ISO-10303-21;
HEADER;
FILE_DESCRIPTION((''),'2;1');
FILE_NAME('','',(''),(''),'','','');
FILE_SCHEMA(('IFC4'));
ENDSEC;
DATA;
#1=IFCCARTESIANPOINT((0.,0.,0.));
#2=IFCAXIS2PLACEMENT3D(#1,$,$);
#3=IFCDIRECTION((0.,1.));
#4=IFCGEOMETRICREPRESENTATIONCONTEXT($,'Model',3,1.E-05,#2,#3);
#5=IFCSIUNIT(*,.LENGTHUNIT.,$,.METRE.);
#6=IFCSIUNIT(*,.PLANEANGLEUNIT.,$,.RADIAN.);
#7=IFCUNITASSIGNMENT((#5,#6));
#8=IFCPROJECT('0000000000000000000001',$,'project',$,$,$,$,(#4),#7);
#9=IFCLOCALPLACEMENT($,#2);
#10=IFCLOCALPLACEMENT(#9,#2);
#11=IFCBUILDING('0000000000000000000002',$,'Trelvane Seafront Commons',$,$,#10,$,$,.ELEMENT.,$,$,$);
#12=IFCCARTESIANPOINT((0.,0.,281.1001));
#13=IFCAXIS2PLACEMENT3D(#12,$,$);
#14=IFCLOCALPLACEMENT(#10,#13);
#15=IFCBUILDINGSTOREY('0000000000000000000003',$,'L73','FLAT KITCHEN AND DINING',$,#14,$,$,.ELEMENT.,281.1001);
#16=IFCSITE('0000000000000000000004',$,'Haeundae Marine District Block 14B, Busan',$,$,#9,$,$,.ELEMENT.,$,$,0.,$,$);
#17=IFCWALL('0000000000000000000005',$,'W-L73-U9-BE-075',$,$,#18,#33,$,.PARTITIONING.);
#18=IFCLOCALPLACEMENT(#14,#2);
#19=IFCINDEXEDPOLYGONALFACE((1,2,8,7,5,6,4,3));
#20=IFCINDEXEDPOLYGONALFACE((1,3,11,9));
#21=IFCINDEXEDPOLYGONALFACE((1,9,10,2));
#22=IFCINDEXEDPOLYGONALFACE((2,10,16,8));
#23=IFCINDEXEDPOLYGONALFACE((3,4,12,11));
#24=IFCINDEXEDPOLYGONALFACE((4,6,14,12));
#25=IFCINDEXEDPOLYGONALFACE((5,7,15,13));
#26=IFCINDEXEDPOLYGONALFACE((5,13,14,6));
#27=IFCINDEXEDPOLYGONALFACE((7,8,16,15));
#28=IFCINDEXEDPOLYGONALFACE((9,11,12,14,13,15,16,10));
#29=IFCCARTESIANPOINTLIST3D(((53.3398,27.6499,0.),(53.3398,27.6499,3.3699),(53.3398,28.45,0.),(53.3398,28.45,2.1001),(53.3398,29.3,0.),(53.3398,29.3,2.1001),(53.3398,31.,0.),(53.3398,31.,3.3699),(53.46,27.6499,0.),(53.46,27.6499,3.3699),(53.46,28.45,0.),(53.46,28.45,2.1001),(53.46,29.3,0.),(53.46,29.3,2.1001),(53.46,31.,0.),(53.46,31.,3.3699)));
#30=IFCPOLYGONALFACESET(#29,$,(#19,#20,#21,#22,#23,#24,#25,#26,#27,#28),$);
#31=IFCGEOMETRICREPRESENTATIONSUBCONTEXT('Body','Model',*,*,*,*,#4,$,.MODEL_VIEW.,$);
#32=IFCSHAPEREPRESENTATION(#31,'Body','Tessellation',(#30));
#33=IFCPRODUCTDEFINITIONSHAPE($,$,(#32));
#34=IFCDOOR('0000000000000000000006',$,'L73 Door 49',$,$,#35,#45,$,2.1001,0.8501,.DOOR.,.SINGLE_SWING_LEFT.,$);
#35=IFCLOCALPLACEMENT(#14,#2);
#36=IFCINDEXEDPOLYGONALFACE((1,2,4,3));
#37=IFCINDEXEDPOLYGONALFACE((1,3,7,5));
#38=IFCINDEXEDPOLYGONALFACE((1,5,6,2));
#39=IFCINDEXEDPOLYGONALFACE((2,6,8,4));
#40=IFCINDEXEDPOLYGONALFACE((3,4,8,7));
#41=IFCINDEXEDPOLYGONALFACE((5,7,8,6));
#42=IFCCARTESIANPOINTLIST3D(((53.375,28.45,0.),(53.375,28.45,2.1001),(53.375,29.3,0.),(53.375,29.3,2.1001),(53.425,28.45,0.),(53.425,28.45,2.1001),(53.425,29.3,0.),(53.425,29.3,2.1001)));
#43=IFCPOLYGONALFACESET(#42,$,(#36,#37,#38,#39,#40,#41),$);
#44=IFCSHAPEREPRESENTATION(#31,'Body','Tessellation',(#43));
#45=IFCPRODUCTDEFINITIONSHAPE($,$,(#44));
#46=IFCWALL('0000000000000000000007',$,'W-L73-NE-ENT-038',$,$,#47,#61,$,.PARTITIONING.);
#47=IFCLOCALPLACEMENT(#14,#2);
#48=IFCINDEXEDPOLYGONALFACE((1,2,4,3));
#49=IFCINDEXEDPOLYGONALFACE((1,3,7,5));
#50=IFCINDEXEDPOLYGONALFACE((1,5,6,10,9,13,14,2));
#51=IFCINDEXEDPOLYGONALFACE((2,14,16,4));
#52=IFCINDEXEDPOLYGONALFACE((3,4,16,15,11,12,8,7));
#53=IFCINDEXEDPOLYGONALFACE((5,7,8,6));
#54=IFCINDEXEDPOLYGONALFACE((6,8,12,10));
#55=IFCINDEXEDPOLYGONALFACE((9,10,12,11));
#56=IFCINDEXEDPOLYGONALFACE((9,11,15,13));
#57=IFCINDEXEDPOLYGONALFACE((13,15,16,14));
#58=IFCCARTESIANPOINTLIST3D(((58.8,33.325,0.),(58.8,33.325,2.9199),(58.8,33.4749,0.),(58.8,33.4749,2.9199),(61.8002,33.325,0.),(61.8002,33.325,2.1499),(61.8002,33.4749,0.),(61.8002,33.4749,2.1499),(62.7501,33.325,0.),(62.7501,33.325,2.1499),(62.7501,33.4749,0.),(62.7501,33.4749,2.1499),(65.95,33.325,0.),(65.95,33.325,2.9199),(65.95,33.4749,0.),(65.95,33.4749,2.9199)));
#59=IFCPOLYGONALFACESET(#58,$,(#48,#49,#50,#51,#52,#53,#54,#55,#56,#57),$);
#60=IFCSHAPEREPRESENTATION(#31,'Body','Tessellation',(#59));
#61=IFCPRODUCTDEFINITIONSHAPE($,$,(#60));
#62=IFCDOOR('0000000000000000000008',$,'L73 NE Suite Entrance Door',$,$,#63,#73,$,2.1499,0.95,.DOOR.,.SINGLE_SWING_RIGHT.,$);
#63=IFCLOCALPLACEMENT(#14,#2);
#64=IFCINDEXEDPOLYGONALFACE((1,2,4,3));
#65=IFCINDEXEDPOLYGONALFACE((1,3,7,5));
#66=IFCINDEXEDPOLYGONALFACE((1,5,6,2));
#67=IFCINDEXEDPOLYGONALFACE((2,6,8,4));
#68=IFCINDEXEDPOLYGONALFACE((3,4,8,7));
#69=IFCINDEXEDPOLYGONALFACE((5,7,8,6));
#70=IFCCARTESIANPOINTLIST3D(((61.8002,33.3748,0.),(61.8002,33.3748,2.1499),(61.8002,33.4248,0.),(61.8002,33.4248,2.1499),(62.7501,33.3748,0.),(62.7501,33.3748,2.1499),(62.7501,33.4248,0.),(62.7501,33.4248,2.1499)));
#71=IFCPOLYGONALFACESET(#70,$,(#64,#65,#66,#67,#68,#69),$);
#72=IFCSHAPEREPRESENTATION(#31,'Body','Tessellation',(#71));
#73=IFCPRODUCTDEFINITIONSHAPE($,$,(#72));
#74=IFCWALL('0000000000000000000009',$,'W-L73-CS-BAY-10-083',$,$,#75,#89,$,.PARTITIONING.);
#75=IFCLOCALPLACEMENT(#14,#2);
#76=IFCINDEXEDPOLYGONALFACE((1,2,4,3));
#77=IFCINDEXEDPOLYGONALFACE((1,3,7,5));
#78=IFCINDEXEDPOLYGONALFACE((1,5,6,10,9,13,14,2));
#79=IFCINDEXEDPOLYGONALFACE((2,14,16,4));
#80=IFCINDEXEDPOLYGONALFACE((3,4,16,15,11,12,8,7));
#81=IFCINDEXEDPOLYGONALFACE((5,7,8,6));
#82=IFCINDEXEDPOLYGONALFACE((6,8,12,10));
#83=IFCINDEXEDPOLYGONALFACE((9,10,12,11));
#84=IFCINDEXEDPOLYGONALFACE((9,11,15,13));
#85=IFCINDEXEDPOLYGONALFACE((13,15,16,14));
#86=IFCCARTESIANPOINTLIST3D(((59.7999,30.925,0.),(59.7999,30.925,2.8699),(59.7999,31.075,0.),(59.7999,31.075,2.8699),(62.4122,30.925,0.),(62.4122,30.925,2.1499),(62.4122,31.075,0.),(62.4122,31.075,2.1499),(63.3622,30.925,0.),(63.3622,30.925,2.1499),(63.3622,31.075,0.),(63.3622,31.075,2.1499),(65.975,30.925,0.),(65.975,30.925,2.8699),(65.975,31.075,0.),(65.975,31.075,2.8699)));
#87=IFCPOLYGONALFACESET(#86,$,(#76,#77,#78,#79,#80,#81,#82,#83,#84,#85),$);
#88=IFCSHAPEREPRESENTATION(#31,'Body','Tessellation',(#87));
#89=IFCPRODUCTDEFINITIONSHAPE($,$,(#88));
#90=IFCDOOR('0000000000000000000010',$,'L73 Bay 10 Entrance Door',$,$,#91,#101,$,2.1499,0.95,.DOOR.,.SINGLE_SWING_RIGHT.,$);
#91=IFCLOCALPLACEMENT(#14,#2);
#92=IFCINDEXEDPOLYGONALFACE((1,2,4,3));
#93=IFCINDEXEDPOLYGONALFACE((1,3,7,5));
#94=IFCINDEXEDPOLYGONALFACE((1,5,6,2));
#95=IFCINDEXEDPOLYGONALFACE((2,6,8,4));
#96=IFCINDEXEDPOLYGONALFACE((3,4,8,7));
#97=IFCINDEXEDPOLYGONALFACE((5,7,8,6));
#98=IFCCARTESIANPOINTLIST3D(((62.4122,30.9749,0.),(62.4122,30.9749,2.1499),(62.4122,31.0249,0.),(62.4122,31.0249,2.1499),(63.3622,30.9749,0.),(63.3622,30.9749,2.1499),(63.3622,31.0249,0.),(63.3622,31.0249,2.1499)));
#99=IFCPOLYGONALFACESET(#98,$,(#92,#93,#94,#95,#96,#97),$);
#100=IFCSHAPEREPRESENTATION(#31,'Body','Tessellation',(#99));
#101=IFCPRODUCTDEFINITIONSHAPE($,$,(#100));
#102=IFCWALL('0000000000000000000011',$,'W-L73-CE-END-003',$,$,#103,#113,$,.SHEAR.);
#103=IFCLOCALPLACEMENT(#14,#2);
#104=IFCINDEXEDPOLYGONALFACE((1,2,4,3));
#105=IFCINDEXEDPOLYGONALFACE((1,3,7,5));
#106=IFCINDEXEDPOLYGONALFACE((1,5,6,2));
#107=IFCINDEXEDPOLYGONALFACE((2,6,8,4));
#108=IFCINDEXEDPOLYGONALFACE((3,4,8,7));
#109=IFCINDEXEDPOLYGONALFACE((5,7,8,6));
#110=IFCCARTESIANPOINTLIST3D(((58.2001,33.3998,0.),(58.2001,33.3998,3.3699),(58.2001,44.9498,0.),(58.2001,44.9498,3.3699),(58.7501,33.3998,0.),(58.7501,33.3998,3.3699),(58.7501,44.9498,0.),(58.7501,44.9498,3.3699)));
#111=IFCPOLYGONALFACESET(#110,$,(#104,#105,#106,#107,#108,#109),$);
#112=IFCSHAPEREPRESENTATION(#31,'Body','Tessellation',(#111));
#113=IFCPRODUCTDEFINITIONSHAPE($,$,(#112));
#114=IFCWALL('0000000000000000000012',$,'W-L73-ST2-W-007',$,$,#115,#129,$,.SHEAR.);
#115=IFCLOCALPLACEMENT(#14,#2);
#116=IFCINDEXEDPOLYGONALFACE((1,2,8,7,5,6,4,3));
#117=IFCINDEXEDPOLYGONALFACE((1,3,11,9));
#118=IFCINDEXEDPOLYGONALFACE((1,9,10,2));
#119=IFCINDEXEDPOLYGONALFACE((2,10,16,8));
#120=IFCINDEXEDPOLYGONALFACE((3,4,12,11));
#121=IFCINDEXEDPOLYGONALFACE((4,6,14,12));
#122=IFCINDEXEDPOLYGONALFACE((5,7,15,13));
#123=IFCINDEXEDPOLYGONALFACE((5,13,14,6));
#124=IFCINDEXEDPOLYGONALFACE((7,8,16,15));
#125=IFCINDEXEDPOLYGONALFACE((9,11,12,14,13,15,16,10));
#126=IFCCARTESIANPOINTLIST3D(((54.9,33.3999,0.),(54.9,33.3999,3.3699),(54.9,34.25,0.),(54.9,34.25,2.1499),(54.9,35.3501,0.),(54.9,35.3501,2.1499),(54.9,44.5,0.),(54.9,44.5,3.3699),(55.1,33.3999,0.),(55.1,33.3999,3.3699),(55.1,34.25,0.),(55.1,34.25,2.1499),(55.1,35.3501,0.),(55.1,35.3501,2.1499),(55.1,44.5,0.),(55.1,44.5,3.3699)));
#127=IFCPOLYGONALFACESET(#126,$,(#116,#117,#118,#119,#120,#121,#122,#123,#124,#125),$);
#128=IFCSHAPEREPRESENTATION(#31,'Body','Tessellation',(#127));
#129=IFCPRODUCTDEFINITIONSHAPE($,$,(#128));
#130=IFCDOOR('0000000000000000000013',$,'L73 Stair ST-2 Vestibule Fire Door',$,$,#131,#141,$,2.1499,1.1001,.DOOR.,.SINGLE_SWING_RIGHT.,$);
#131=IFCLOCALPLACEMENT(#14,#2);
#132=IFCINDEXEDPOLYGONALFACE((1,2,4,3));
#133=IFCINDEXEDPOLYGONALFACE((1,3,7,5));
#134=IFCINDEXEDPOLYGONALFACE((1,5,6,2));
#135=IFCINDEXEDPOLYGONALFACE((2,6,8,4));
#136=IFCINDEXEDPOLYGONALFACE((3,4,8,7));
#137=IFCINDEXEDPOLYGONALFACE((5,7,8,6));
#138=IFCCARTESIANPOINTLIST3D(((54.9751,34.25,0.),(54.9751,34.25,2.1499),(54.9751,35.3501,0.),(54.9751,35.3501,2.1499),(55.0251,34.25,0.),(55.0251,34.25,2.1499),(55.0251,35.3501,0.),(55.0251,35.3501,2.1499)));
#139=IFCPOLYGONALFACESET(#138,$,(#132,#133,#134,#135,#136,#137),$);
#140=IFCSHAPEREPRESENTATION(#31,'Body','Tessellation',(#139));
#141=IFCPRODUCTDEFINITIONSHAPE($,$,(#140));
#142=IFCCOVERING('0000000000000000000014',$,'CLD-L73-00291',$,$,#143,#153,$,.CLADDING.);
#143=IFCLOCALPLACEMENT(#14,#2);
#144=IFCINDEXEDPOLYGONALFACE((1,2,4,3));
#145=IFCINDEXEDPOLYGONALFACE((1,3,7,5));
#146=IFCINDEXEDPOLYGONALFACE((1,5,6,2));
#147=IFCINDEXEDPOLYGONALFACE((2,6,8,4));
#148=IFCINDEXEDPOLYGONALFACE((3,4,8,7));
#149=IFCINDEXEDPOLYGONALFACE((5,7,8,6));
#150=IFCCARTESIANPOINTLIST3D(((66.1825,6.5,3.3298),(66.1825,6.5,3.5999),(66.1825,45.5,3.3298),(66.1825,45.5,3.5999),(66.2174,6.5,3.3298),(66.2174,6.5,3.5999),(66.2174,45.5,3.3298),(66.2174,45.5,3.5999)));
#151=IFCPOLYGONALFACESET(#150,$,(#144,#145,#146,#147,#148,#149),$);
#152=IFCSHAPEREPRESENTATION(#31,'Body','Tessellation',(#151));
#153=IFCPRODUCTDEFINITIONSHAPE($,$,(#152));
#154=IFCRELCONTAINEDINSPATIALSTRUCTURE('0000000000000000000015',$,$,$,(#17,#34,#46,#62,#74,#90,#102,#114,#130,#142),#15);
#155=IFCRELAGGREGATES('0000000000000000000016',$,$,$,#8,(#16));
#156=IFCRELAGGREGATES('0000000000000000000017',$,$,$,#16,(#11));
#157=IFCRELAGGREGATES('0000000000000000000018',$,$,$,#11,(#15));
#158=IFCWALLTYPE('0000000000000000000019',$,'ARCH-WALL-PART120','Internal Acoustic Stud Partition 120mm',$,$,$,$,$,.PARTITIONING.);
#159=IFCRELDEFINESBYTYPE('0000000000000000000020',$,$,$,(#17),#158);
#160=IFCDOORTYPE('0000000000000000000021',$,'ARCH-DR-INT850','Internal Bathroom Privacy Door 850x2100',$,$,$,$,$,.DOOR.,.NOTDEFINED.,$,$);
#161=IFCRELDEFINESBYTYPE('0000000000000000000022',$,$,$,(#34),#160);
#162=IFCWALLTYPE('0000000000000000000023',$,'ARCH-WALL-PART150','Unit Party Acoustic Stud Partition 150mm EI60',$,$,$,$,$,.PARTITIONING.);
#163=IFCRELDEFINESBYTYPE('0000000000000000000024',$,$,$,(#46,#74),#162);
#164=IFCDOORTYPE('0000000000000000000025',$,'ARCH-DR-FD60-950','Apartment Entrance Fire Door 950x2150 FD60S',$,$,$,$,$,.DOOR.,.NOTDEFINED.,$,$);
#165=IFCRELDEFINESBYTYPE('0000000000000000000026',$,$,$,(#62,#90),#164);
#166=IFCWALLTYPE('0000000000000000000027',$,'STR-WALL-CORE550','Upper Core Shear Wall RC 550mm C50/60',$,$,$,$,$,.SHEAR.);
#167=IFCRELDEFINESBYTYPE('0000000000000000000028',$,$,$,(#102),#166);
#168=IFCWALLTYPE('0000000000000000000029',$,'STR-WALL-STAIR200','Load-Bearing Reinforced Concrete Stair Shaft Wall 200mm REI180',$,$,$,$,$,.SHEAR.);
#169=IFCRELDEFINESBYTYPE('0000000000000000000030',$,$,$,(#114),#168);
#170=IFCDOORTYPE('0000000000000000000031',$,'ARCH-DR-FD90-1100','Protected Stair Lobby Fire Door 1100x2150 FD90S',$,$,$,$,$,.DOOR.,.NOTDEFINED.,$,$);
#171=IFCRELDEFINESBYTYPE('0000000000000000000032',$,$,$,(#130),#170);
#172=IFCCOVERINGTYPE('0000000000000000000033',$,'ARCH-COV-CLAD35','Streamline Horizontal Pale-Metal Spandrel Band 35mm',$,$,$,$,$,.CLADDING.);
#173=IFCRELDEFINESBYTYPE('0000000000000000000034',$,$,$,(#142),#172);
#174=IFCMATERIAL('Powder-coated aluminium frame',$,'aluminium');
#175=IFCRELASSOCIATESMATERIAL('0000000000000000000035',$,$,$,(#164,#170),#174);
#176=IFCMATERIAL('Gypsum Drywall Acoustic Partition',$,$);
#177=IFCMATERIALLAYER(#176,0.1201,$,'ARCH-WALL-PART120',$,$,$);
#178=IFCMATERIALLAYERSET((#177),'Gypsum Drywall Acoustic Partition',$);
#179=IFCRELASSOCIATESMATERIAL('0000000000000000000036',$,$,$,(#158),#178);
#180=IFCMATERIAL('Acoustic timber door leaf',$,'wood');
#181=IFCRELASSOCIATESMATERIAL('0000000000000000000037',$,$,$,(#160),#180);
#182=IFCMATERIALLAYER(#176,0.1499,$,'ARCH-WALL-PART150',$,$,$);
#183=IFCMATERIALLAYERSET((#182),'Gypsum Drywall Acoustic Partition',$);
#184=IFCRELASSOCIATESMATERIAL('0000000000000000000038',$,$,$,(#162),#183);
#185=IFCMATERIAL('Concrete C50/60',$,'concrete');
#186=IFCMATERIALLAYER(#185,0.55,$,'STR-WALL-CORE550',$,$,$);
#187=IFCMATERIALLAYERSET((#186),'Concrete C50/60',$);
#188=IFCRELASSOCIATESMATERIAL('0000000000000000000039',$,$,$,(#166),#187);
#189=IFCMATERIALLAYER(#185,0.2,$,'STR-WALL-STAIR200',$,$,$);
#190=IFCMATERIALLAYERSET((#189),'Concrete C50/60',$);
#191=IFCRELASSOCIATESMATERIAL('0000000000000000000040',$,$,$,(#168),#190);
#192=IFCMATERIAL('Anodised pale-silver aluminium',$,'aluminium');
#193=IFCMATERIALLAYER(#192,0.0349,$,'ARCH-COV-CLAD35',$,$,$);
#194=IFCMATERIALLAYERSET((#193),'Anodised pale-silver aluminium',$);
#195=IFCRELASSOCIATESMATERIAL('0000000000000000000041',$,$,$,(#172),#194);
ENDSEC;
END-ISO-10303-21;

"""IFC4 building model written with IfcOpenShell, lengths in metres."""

from ifc_helpers import new_model, si_unit, direction, frame, frame_2d, origin, origin_2d, place, context, subcontext, project, spatial, rectangle, extrude, source, transform, mapped, material, layer, layer_set, type_object, element, fill, save


model = new_model("IFC4")

# Units and contexts
model_context = context("Model", 3, precision=1e-05, world=origin(), true_north=direction((0.0, 1.0)))
body_context = subcontext(model_context, "Body", "Model", "MODEL_VIEW")
ifc_project = project(units=[si_unit("LENGTHUNIT", "METRE"), si_unit("PLANEANGLEUNIT", "RADIAN")], contexts=[model_context])

# Site, building, storey
site_placement = place(None, origin())
site = spatial("IfcSite", under=ifc_project, at=site_placement, Name="Haeundae Marine District Block 14B, Busan", CompositionType="ELEMENT", RefElevation=0.0)
building_placement = place(site_placement, origin())
building = spatial("IfcBuilding", under=site, at=building_placement, Name="Trelvane Seafront Commons", CompositionType="ELEMENT")
storey_placement = place(building_placement, frame((0.0, 0.0, 281.1001)))
storey = spatial("IfcBuildingStorey", under=building, at=storey_placement, Name="L73", Description="FLAT KITCHEN AND DINING", CompositionType="ELEMENT", Elevation=281.1001)

# Shared definitions
ifc_material_1 = material(Name="Concrete C50/60", Category="concrete")

# Walls, openings, doors
ifc_material_2 = material(Name="Powder-coated aluminium frame", Category="aluminium")
door_type_1 = type_object("IfcDoorType", Name="ARCH-DR-FD60-950", Description="Apartment Entrance Fire Door 950x2150 FD60S", OperationType="NOTDEFINED", PredefinedType="DOOR", material=ifc_material_2)
shared_shape_1 = source(origin(), body_context, "Body", "SweptSolid", [
    extrude(rectangle(XDim=0.95, YDim=2.1499, at=frame_2d((0.4751, 1.075))), frame((0.0, 0.0249, 0.0), z_axis=(0.0, -1.0, 0.0), x_axis=(1.0, 0.0, 0.0)), (0.0, 0.0, 1.0), 0.05),
])
ifc_material_3 = material(Name="Gypsum Drywall Acoustic Partition")
ifc_layer_1 = layer(ifc_material_3, 0.1201, Name="ARCH-WALL-PART120")
ifc_layer_set_1 = layer_set([ifc_layer_1], Name="Gypsum Drywall Acoustic Partition")
wall_type_1 = type_object("IfcWallType", Name="ARCH-WALL-PART120", Description="Internal Acoustic Stud Partition 120mm", PredefinedType="PARTITIONING", material=ifc_layer_set_1)
wall_1_placement = place(storey_placement, frame((53.3999, 27.6499, 0.0), z_axis=(0.0, 0.0, 1.0), x_axis=(0.0, 1.0, 0.0)))
wall_1 = element("IfcWall", 1, at=wall_1_placement, inside=storey, type_object=wall_type_1, Name="W-L73-U9-BE-075", PredefinedType="PARTITIONING", context=body_context, shape_type="SweptSolid", body=[
    extrude(rectangle(XDim=3.3501, YDim=0.1201, at=frame_2d((1.675, 0.0))), origin(), (0.0, 0.0, 1.0), 3.3699),
])
opening_1_placement = place(wall_1_placement, frame((0.8, 0.0, 0.0)))
opening_1 = element("IfcOpeningElement", 2, at=opening_1_placement, cuts=wall_1, PredefinedType="OPENING", context=body_context, shape_type="SweptSolid", body=[
    extrude(rectangle(XDim=0.8501, YDim=2.1001, at=frame_2d((0.425, 1.05))), frame((0.0, 0.0701, 0.0), z_axis=(0.0, -1.0, 0.0), x_axis=(1.0, 0.0, 0.0)), (0.0, 0.0, 1.0), 0.1401),
])
ifc_material_4 = material(Name="Acoustic timber door leaf", Category="wood")
door_type_2 = type_object("IfcDoorType", Name="ARCH-DR-INT850", Description="Internal Bathroom Privacy Door 850x2100", OperationType="NOTDEFINED", PredefinedType="DOOR", material=ifc_material_4)
shared_shape_2 = source(origin(), body_context, "Body", "SweptSolid", [
    extrude(rectangle(XDim=0.8501, YDim=2.1001, at=frame_2d((0.425, 1.05))), frame((0.0, 0.0249, 0.0), z_axis=(0.0, -1.0, 0.0), x_axis=(1.0, 0.0, 0.0)), (0.0, 0.0, 1.0), 0.05),
])
door_1_placement = place(opening_1_placement, origin())
door_1 = element("IfcDoor", 3, at=door_1_placement, inside=storey, type_object=door_type_2, Name="L73 Door 49", OperationType="SINGLE_SWING_LEFT", OverallHeight=2.1001, OverallWidth=0.8501, PredefinedType="DOOR", context=body_context, shape_type="MappedRepresentation", body=[
    mapped(shared_shape_2, transform((0.0, 0.0, 0.0), x_axis=(1.0, 0.0, 0.0), y_axis=(0.0, 1.0, 0.0), z_axis=(0.0, 0.0, 1.0), scale=1.0)),
])
fill(opening_1, door_1)
ifc_layer_2 = layer(ifc_material_3, 0.1499, Name="ARCH-WALL-PART150")
ifc_layer_set_2 = layer_set([ifc_layer_2], Name="Gypsum Drywall Acoustic Partition")
wall_type_2 = type_object("IfcWallType", Name="ARCH-WALL-PART150", Description="Unit Party Acoustic Stud Partition 150mm EI60", PredefinedType="PARTITIONING", material=ifc_layer_set_2)
wall_2_placement = place(storey_placement, frame((58.8, 33.3999, 0.0), z_axis=(0.0, 0.0, 1.0), x_axis=(1.0, 0.0, 0.0)))
wall_2 = element("IfcWall", 4, at=wall_2_placement, inside=storey, type_object=wall_type_2, Name="W-L73-NE-ENT-038", PredefinedType="PARTITIONING", context=body_context, shape_type="SweptSolid", body=[
    extrude(rectangle(XDim=7.1499, YDim=0.1499, at=frame_2d((3.575, 0.0))), origin(), (0.0, 0.0, 1.0), 2.9199),
])
opening_2_placement = place(wall_2_placement, frame((3.0, 0.0, 0.0)))
opening_2 = element("IfcOpeningElement", 5, at=opening_2_placement, cuts=wall_2, PredefinedType="OPENING", context=body_context, shape_type="SweptSolid", body=[
    extrude(rectangle(XDim=0.95, YDim=2.1499, at=frame_2d((0.4751, 1.075))), frame((0.0, 0.085, 0.0), z_axis=(0.0, -1.0, 0.0), x_axis=(1.0, 0.0, 0.0)), (0.0, 0.0, 1.0), 0.1699),
])
door_2_placement = place(opening_2_placement, origin())
door_2 = element("IfcDoor", 6, at=door_2_placement, inside=storey, type_object=door_type_1, Name="L73 NE Suite Entrance Door", OperationType="SINGLE_SWING_RIGHT", OverallHeight=2.1499, OverallWidth=0.95, PredefinedType="DOOR", context=body_context, shape_type="MappedRepresentation", body=[
    mapped(shared_shape_1, transform((0.0, 0.0, 0.0), x_axis=(1.0, 0.0, 0.0), y_axis=(0.0, 1.0, 0.0), z_axis=(0.0, 0.0, 1.0), scale=1.0)),
])
fill(opening_2, door_2)
wall_3_placement = place(storey_placement, frame((59.8, 31.0, 0.0), z_axis=(0.0, 0.0, 1.0), x_axis=(1.0, 0.0, 0.0)))
wall_3 = element("IfcWall", 7, at=wall_3_placement, inside=storey, type_object=wall_type_2, Name="W-L73-CS-BAY-10-083", PredefinedType="PARTITIONING", context=body_context, shape_type="SweptSolid", body=[
    extrude(rectangle(XDim=6.175, YDim=0.1499, at=frame_2d((3.0874, 0.0))), origin(), (0.0, 0.0, 1.0), 2.8699),
])
opening_3_placement = place(wall_3_placement, frame((2.6121, 0.0, 0.0)))
opening_3 = element("IfcOpeningElement", 8, at=opening_3_placement, cuts=wall_3, PredefinedType="OPENING", context=body_context, shape_type="SweptSolid", body=[
    extrude(rectangle(XDim=0.95, YDim=2.1499, at=frame_2d((0.4751, 1.075))), frame((0.0, 0.085, 0.0), z_axis=(0.0, -1.0, 0.0), x_axis=(1.0, 0.0, 0.0)), (0.0, 0.0, 1.0), 0.1699),
])
door_3_placement = place(opening_3_placement, origin())
door_3 = element("IfcDoor", 9, at=door_3_placement, inside=storey, type_object=door_type_1, Name="L73 Bay 10 Entrance Door", OperationType="SINGLE_SWING_RIGHT", OverallHeight=2.1499, OverallWidth=0.95, PredefinedType="DOOR", context=body_context, shape_type="MappedRepresentation", body=[
    mapped(shared_shape_1, transform((0.0, 0.0, 0.0), x_axis=(1.0, 0.0, 0.0), y_axis=(0.0, 1.0, 0.0), z_axis=(0.0, 0.0, 1.0), scale=1.0)),
])
fill(opening_3, door_3)

# Wall
ifc_layer_3 = layer(ifc_material_1, 0.55, Name="STR-WALL-CORE550")
ifc_layer_set_3 = layer_set([ifc_layer_3], Name="Concrete C50/60")
wall_type_3 = type_object("IfcWallType", Name="STR-WALL-CORE550", Description="Upper Core Shear Wall RC 550mm C50/60", PredefinedType="SHEAR", material=ifc_layer_set_3)
wall_4_placement = place(storey_placement, frame((58.4751, 33.3999, 0.0), z_axis=(0.0, 0.0, 1.0), x_axis=(0.0, 1.0, 0.0)))
element("IfcWall", 10, at=wall_4_placement, inside=storey, type_object=wall_type_3, Name="W-L73-CE-END-003", PredefinedType="SHEAR", context=body_context, shape_type="SweptSolid", body=[
    extrude(rectangle(XDim=11.55, YDim=0.55, at=frame_2d((5.7749, 0.0))), origin(), (0.0, 0.0, 1.0), 3.3699),
])

# Wall, opening, door
ifc_layer_4 = layer(ifc_material_1, 0.2, Name="STR-WALL-STAIR200")
ifc_layer_set_4 = layer_set([ifc_layer_4], Name="Concrete C50/60")
wall_type_4 = type_object("IfcWallType", Name="STR-WALL-STAIR200", Description="Load-Bearing Reinforced Concrete Stair Shaft Wall 200mm REI180", PredefinedType="SHEAR", material=ifc_layer_set_4)
wall_5_placement = place(storey_placement, frame((55.0, 33.3999, 0.0), z_axis=(0.0, 0.0, 1.0), x_axis=(0.0, 1.0, 0.0)))
wall_5 = element("IfcWall", 11, at=wall_5_placement, inside=storey, type_object=wall_type_4, Name="W-L73-ST2-W-007", PredefinedType="SHEAR", context=body_context, shape_type="SweptSolid", body=[
    extrude(rectangle(XDim=11.1001, YDim=0.2, at=frame_2d((5.55, 0.0))), origin(), (0.0, 0.0, 1.0), 3.3699),
])
opening_4_placement = place(wall_5_placement, frame((0.8501, 0.0, 0.0)))
opening_4 = element("IfcOpeningElement", 12, at=opening_4_placement, cuts=wall_5, PredefinedType="OPENING", context=body_context, shape_type="SweptSolid", body=[
    extrude(rectangle(XDim=1.1001, YDim=2.1499, at=frame_2d((0.55, 1.075))), frame((0.0, 0.1099, 0.0), z_axis=(0.0, -1.0, 0.0), x_axis=(1.0, 0.0, 0.0)), (0.0, 0.0, 1.0), 0.22),
])
door_type_3 = type_object("IfcDoorType", Name="ARCH-DR-FD90-1100", Description="Protected Stair Lobby Fire Door 1100x2150 FD90S", OperationType="NOTDEFINED", PredefinedType="DOOR", material=ifc_material_2)
shared_shape_3 = source(origin(), body_context, "Body", "SweptSolid", [
    extrude(rectangle(XDim=1.1001, YDim=2.1499, at=frame_2d((0.55, 1.075))), frame((0.0, 0.0249, 0.0), z_axis=(0.0, -1.0, 0.0), x_axis=(1.0, 0.0, 0.0)), (0.0, 0.0, 1.0), 0.05),
])
door_4_placement = place(opening_4_placement, origin())
door_4 = element("IfcDoor", 13, at=door_4_placement, inside=storey, type_object=door_type_3, Name="L73 Stair ST-2 Vestibule Fire Door", OperationType="SINGLE_SWING_RIGHT", OverallHeight=2.1499, OverallWidth=1.1001, PredefinedType="DOOR", context=body_context, shape_type="MappedRepresentation", body=[
    mapped(shared_shape_3, transform((0.0, 0.0, 0.0), x_axis=(1.0, 0.0, 0.0), y_axis=(0.0, 1.0, 0.0), z_axis=(0.0, 0.0, 1.0), scale=1.0)),
])
fill(opening_4, door_4)

# Covering
ifc_material_5 = material(Name="Anodised pale-silver aluminium", Category="aluminium")
ifc_layer_5 = layer(ifc_material_5, 0.0349, Name="ARCH-COV-CLAD35")
ifc_layer_set_5 = layer_set([ifc_layer_5], Name="Anodised pale-silver aluminium")
covering_type = type_object("IfcCoveringType", Name="ARCH-COV-CLAD35", Description="Streamline Horizontal Pale-Metal Spandrel Band 35mm", PredefinedType="CLADDING", material=ifc_layer_set_5)
shared_shape_4 = source(origin(), body_context, "Body", "SweptSolid", [
    extrude(rectangle(XDim=39.0, YDim=0.0349, at=origin_2d()), origin(), (0.0, 0.0, 1.0), 0.27),
])
covering_placement = place(storey_placement, frame((66.2, 26.0, 3.3298), z_axis=(0.0, 0.0, 1.0), x_axis=(0.0, -1.0, 0.0)))
element("IfcCovering", 14, at=covering_placement, inside=storey, type_object=covering_type, Name="CLD-L73-00291", PredefinedType="CLADDING", context=body_context, shape_type="MappedRepresentation", body=[
    mapped(shared_shape_4, transform((0.0, 0.0, 0.0), x_axis=(1.0, 0.0, 0.0), y_axis=(0.0, 1.0, 0.0), z_axis=(0.0, 0.0, 1.0), scale=1.0)),
])

save(model, "model.ifc")
